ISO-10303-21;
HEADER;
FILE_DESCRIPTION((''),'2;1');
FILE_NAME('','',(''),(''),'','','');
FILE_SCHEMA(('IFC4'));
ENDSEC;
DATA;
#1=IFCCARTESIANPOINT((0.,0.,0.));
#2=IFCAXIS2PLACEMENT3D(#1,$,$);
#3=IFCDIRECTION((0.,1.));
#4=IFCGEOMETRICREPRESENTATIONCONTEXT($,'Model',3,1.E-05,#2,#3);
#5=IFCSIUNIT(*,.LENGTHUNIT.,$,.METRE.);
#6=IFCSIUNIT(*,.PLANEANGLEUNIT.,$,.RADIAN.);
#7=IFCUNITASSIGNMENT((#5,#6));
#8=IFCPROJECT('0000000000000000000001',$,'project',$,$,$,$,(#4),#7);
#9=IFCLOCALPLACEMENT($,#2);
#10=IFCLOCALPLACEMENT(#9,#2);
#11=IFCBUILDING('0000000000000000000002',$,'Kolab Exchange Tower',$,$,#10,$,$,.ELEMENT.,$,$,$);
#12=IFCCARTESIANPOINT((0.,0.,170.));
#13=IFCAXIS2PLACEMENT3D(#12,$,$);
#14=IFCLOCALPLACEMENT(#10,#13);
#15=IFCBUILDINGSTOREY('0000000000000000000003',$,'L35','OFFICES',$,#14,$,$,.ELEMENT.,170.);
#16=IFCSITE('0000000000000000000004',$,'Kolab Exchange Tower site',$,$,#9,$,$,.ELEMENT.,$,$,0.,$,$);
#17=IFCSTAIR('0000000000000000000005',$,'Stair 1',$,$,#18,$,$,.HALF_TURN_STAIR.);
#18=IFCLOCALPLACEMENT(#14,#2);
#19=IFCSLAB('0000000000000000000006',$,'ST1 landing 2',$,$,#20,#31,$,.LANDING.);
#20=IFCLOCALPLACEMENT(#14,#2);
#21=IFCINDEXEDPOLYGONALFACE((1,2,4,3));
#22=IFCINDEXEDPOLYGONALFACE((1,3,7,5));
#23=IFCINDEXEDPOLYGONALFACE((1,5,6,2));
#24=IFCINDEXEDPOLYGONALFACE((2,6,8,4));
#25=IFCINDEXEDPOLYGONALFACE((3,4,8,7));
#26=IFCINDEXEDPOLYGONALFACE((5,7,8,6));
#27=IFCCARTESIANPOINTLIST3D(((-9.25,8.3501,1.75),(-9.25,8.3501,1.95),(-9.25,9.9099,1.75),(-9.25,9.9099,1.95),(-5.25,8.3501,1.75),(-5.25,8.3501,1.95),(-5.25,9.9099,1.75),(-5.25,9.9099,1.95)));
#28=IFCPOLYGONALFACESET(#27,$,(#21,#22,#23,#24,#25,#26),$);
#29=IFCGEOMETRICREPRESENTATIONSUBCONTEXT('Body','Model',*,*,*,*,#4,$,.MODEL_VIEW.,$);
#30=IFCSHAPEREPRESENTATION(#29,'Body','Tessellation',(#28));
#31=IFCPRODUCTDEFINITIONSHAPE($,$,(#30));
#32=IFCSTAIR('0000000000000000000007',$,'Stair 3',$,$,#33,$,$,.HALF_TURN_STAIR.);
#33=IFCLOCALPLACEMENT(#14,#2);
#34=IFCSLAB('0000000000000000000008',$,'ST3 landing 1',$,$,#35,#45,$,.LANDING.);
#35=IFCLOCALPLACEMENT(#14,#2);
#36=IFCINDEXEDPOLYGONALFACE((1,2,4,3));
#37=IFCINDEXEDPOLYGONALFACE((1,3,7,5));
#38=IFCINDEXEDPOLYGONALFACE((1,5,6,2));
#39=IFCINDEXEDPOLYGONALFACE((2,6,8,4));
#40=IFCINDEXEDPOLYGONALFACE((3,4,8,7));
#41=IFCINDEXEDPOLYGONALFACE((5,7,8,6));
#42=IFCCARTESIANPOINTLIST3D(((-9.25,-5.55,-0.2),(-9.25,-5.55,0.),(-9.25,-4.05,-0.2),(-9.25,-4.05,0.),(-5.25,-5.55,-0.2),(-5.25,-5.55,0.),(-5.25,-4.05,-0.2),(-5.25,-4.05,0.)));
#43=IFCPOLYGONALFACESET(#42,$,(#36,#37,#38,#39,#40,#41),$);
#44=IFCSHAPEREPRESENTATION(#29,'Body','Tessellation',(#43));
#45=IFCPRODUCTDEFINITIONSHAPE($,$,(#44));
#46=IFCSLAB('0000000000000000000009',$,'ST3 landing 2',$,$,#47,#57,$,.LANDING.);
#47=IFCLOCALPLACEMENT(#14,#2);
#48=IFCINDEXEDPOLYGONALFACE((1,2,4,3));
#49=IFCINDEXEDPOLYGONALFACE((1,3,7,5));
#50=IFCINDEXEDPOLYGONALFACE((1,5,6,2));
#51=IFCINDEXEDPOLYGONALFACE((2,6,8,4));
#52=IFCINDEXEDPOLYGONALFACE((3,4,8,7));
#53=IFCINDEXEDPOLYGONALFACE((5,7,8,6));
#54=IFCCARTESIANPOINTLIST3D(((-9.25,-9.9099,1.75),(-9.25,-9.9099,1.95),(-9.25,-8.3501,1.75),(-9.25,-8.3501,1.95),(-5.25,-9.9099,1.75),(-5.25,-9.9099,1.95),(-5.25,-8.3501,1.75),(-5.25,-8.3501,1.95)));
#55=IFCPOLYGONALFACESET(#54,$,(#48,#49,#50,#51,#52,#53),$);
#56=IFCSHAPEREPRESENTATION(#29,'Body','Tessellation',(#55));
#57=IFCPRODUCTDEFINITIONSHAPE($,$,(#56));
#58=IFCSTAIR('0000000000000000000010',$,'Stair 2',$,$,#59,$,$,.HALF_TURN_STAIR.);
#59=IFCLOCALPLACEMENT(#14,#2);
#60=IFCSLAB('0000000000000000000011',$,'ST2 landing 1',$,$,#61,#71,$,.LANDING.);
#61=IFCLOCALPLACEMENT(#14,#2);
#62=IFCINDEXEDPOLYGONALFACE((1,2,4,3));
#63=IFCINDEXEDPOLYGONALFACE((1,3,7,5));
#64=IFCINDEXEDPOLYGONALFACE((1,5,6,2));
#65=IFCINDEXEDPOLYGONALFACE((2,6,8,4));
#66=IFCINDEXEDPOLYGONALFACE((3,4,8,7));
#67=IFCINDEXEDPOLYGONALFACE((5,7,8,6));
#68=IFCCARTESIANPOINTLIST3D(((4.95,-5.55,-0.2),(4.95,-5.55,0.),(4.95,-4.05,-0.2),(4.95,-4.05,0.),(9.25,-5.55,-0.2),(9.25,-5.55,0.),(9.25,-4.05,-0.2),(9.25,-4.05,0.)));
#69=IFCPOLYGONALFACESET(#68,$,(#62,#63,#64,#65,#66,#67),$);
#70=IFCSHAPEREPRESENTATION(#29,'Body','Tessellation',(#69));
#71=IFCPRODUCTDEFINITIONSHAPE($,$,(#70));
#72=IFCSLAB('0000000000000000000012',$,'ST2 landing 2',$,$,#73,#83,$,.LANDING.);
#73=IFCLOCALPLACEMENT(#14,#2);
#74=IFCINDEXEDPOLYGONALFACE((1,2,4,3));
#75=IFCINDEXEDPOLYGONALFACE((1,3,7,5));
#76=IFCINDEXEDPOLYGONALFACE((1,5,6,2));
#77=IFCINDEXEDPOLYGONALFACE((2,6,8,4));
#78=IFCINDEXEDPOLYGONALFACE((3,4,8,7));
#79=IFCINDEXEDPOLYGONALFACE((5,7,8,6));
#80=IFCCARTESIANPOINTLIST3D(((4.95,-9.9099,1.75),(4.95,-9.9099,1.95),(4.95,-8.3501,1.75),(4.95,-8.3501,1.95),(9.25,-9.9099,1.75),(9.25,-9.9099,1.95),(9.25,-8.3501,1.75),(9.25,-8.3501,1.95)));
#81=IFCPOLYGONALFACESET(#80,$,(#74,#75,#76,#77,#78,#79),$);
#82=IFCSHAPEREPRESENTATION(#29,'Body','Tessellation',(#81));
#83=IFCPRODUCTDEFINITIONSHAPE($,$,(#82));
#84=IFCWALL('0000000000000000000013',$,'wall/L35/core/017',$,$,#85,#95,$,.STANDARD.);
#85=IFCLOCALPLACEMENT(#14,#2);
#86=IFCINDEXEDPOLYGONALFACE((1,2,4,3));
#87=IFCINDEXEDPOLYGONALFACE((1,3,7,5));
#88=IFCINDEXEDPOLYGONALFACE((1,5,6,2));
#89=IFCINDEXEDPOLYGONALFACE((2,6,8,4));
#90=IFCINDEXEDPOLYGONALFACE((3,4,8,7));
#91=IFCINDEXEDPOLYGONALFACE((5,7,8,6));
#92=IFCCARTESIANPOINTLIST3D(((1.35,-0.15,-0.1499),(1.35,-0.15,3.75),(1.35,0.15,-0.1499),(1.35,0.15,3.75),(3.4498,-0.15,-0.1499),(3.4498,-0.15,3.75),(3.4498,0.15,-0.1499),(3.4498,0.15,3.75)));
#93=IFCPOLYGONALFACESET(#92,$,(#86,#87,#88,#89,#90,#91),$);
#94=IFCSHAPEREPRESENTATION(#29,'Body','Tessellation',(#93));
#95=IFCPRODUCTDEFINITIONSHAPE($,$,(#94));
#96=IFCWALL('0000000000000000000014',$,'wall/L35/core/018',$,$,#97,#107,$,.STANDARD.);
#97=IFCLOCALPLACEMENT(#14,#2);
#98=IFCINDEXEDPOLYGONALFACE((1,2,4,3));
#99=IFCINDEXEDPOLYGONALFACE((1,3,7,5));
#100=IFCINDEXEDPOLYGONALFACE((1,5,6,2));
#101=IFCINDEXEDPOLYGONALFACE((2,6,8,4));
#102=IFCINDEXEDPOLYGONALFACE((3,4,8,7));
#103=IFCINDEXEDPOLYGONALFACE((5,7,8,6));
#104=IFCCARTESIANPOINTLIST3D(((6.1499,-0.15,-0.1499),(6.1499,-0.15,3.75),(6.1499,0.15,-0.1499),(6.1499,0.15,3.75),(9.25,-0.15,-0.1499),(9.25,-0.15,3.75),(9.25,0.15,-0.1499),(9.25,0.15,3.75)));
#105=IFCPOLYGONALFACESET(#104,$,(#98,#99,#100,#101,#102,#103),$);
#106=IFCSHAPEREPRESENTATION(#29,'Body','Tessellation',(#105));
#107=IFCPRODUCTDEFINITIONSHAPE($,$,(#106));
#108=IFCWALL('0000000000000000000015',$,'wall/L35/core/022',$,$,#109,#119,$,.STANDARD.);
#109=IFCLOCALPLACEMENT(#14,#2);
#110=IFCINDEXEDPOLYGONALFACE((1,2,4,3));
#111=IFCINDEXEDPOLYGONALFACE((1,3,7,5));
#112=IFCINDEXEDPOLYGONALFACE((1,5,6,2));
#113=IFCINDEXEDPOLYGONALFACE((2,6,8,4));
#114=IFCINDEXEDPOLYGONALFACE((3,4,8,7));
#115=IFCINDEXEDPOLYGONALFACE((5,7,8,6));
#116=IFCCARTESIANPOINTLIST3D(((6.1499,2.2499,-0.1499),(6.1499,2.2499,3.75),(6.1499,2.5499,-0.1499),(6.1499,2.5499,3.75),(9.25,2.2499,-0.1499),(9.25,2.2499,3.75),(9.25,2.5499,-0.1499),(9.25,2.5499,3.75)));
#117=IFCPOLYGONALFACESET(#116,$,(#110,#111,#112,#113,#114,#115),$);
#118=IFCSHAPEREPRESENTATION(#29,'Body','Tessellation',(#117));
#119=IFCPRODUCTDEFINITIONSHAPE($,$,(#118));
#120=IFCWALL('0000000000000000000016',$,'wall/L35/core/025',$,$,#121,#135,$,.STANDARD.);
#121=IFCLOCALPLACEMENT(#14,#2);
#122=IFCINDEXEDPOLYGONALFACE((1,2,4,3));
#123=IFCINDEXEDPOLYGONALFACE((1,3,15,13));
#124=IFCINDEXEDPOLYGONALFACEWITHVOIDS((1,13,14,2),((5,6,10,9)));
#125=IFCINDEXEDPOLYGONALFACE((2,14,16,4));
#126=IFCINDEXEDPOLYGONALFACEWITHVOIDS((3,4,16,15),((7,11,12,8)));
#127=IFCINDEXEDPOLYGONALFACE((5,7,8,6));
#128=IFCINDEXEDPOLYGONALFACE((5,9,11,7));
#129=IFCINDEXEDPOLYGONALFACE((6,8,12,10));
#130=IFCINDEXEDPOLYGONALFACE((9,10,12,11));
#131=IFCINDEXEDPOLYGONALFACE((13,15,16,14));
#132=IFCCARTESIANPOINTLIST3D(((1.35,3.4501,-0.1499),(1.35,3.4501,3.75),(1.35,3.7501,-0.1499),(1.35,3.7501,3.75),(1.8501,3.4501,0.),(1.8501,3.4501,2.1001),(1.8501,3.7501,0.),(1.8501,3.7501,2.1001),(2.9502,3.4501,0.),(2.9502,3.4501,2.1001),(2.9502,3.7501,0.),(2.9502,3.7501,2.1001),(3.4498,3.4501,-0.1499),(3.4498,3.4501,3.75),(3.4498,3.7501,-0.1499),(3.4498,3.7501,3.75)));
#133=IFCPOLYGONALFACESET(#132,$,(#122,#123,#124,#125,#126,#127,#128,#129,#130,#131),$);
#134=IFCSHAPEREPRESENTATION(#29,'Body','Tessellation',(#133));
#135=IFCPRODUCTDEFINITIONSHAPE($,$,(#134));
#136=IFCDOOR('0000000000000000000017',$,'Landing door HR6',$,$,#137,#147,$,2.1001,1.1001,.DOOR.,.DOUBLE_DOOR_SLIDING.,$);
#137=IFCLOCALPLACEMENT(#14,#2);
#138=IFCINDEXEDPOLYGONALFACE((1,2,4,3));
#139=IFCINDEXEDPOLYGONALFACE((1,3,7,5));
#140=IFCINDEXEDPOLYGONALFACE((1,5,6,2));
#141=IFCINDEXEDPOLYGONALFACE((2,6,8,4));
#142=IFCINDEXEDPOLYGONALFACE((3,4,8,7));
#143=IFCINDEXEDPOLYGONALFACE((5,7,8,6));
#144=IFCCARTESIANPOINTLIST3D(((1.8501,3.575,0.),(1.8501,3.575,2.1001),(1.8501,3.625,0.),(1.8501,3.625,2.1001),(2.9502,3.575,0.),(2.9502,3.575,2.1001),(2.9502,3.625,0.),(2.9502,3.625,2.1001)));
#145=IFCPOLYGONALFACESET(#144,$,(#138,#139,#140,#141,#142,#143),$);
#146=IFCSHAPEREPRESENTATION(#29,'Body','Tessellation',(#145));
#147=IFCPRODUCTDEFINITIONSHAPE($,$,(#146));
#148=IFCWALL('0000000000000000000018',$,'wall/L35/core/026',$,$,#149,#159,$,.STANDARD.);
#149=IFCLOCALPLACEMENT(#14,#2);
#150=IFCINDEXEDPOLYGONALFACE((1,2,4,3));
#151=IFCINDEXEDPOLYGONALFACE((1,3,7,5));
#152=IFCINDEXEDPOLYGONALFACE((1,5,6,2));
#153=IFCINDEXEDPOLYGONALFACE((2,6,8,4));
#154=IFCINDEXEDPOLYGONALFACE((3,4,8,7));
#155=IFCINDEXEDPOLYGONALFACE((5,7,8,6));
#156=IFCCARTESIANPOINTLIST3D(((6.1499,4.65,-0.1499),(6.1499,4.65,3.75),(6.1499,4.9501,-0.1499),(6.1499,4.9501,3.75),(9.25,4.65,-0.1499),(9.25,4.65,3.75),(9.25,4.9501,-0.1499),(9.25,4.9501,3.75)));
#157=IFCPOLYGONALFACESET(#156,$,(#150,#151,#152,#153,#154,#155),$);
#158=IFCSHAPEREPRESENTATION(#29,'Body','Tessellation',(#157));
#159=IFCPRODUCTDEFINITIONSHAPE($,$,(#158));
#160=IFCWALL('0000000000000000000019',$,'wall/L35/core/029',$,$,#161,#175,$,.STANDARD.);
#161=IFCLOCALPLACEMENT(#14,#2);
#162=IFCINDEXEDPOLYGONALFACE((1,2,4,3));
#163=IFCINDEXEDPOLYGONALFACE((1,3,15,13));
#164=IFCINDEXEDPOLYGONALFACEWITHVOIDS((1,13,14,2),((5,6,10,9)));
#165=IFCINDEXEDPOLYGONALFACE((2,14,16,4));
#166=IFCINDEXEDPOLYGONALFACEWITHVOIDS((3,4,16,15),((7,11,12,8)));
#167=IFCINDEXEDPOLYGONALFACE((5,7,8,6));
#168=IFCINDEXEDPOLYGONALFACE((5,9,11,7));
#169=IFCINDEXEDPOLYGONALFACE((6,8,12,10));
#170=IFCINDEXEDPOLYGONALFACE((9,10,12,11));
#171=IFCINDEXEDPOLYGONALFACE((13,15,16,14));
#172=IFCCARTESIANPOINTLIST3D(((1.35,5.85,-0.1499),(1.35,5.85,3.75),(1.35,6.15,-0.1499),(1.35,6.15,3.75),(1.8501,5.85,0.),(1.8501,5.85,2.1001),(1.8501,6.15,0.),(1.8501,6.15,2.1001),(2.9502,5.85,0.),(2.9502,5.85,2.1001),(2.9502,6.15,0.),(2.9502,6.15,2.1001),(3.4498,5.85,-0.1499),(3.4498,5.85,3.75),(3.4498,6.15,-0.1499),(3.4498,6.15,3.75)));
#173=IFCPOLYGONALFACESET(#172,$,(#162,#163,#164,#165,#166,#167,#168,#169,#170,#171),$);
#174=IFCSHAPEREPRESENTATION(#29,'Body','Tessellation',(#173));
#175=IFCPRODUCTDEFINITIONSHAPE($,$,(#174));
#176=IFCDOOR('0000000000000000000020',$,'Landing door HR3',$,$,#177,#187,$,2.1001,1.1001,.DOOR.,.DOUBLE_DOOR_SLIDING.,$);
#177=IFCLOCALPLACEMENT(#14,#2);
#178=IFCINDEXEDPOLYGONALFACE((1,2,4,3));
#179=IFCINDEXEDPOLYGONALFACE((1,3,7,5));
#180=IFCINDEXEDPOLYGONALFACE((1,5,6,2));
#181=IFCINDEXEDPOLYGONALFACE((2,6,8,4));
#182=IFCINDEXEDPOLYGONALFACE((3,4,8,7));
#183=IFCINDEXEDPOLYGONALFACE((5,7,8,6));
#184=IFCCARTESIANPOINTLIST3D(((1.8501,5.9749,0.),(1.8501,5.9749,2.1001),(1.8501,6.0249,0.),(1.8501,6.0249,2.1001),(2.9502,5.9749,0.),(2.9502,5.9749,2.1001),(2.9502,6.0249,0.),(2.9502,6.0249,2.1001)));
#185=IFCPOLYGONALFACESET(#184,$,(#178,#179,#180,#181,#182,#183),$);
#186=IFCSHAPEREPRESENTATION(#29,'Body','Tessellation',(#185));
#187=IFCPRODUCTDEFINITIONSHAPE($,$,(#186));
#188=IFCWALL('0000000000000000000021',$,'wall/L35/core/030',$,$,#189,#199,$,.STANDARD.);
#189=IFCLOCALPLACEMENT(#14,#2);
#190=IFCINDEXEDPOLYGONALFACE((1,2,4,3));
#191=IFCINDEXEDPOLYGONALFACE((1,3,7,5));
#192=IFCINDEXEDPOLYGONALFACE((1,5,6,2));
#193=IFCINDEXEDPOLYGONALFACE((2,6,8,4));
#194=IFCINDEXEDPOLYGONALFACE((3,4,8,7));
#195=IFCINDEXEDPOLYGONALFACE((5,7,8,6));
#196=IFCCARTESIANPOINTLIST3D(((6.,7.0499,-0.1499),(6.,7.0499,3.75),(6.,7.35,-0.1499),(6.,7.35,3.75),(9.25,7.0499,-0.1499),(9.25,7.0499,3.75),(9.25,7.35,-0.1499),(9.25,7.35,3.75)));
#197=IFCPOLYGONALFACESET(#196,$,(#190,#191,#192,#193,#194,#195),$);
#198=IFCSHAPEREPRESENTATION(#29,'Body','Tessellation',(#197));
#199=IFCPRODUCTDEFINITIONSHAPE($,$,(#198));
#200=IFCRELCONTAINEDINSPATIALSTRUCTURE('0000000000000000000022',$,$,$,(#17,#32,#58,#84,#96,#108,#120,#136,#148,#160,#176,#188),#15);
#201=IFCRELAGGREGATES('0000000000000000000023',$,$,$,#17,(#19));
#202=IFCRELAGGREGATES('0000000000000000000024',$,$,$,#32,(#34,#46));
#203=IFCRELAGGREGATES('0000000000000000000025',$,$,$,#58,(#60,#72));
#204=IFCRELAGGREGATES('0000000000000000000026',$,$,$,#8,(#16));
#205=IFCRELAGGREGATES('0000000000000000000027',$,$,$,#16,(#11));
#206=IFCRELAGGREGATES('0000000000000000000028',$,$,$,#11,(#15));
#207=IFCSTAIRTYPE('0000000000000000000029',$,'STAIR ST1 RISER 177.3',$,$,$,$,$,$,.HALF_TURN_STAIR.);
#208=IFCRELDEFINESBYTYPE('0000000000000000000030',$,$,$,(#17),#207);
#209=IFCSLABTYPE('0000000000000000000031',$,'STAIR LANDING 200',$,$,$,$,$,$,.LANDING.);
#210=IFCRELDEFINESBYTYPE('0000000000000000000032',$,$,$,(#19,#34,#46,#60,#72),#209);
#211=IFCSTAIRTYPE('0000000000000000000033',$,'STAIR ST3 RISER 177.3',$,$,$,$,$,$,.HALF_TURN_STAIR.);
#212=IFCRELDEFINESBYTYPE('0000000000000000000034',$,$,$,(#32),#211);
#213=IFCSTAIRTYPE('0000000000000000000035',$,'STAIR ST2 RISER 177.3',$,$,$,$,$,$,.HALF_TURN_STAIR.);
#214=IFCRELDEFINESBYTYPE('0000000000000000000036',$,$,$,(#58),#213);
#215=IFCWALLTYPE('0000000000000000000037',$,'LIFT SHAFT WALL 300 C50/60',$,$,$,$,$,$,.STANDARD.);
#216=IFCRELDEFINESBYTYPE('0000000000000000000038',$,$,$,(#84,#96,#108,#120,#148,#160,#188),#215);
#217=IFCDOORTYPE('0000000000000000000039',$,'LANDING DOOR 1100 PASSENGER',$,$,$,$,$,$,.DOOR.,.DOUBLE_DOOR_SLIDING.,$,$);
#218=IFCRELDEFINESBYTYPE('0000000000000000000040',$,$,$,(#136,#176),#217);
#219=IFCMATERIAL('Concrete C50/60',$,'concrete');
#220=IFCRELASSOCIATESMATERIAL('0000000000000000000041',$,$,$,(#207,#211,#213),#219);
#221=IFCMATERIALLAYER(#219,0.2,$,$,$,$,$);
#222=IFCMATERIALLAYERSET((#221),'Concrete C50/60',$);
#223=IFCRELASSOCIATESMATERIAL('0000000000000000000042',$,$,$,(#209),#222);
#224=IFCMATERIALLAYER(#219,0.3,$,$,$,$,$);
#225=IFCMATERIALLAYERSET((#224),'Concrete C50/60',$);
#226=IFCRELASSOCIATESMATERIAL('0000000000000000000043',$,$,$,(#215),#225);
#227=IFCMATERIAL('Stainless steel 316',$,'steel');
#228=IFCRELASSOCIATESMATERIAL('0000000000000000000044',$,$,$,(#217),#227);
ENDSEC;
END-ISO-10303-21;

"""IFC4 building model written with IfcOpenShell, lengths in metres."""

from ifc_helpers import new_model, si_unit, direction, frame, frame_2d, origin, place, context, subcontext, project, spatial, polyline, rectangle, outline, extrude, material, layer, layer_set, type_object, element, fill, aggregate, save


model = new_model("IFC4")

# Units and contexts
model_context = context("Model", 3, precision=1e-05, world=origin(), true_north=direction((0.0, 1.0)))
body_context = subcontext(model_context, "Body", "Model", "MODEL_VIEW")
ifc_project = project(units=[si_unit("LENGTHUNIT", "METRE"), si_unit("PLANEANGLEUNIT", "RADIAN")], contexts=[model_context])

# Site, building, storey
site_placement = place(None, origin())
site = spatial("IfcSite", under=ifc_project, at=site_placement, Name="Kolab Exchange Tower site", CompositionType="ELEMENT", RefElevation=0.0)
building_placement = place(site_placement, origin())
building = spatial("IfcBuilding", under=site, at=building_placement, Name="Kolab Exchange Tower", CompositionType="ELEMENT")
storey_placement = place(building_placement, frame((0.0, 0.0, 170.0)))
storey = spatial("IfcBuildingStorey", under=building, at=storey_placement, Name="L35", Description="OFFICES", CompositionType="ELEMENT", Elevation=170.0)

# Stairs, slabs
ifc_material_1 = material(Name="Concrete C50/60", Category="concrete")
stair_type_1 = type_object("IfcStairType", Name="STAIR ST1 RISER 177.3", PredefinedType="HALF_TURN_STAIR", material=ifc_material_1)
stair_1_placement = place(storey_placement, origin())
stair_1 = element("IfcStair", 1, at=stair_1_placement, inside=storey, type_object=stair_type_1, Name="Stair 1", PredefinedType="HALF_TURN_STAIR")
ifc_layer_1 = layer(ifc_material_1, 0.2)
ifc_layer_set_1 = layer_set([ifc_layer_1], Name="Concrete C50/60")
slab_type_1 = type_object("IfcSlabType", Name="STAIR LANDING 200", PredefinedType="LANDING", material=ifc_layer_set_1)
slab_1_placement = place(storey_placement, frame((0.0, 0.0, 1.75)))
slab_1 = element("IfcSlab", 2, at=slab_1_placement, type_object=slab_type_1, Name="ST1 landing 2", PredefinedType="LANDING", context=body_context, shape_type="SweptSolid", body=[
    extrude(outline(polyline([(-9.25, 8.3501), (-5.25, 8.3501), (-5.25, 9.9099), (-9.25, 9.9099), (-9.25, 8.3501)])), origin(), (0.0, 0.0, 1.0), 0.2),
])
aggregate(stair_1, [slab_1])
stair_type_2 = type_object("IfcStairType", Name="STAIR ST3 RISER 177.3", PredefinedType="HALF_TURN_STAIR", material=ifc_material_1)
stair_2_placement = place(storey_placement, origin())
stair_2 = element("IfcStair", 3, at=stair_2_placement, inside=storey, type_object=stair_type_2, Name="Stair 3", PredefinedType="HALF_TURN_STAIR")
slab_2_placement = place(storey_placement, frame((0.0, 0.0, -0.2)))
slab_2 = element("IfcSlab", 4, at=slab_2_placement, type_object=slab_type_1, Name="ST3 landing 1", PredefinedType="LANDING", context=body_context, shape_type="SweptSolid", body=[
    extrude(outline(polyline([(-9.25, -5.55), (-5.25, -5.55), (-5.25, -4.05), (-9.25, -4.05), (-9.25, -5.55)])), origin(), (0.0, 0.0, 1.0), 0.2),
])
slab_3_placement = place(storey_placement, frame((0.0, 0.0, 1.75)))
slab_3 = element("IfcSlab", 5, at=slab_3_placement, type_object=slab_type_1, Name="ST3 landing 2", PredefinedType="LANDING", context=body_context, shape_type="SweptSolid", body=[
    extrude(outline(polyline([(-9.25, -9.9099), (-5.25, -9.9099), (-5.25, -8.3501), (-9.25, -8.3501), (-9.25, -9.9099)])), origin(), (0.0, 0.0, 1.0), 0.2),
])
aggregate(stair_2, [slab_2, slab_3])
stair_type_3 = type_object("IfcStairType", Name="STAIR ST2 RISER 177.3", PredefinedType="HALF_TURN_STAIR", material=ifc_material_1)
stair_3_placement = place(storey_placement, origin())
stair_3 = element("IfcStair", 6, at=stair_3_placement, inside=storey, type_object=stair_type_3, Name="Stair 2", PredefinedType="HALF_TURN_STAIR")
slab_4_placement = place(storey_placement, frame((0.0, 0.0, -0.2)))
slab_4 = element("IfcSlab", 7, at=slab_4_placement, type_object=slab_type_1, Name="ST2 landing 1", PredefinedType="LANDING", context=body_context, shape_type="SweptSolid", body=[
    extrude(outline(polyline([(4.95, -5.55), (9.25, -5.55), (9.25, -4.05), (4.95, -4.05), (4.95, -5.55)])), origin(), (0.0, 0.0, 1.0), 0.2),
])
slab_5_placement = place(storey_placement, frame((0.0, 0.0, 1.75)))
slab_5 = element("IfcSlab", 8, at=slab_5_placement, type_object=slab_type_1, Name="ST2 landing 2", PredefinedType="LANDING", context=body_context, shape_type="SweptSolid", body=[
    extrude(outline(polyline([(4.95, -9.9099), (9.25, -9.9099), (9.25, -8.3501), (4.95, -8.3501), (4.95, -9.9099)])), origin(), (0.0, 0.0, 1.0), 0.2),
])
aggregate(stair_3, [slab_4, slab_5])

# Walls
ifc_layer_2 = layer(ifc_material_1, 0.3)
ifc_layer_set_2 = layer_set([ifc_layer_2], Name="Concrete C50/60")
wall_type_1 = type_object("IfcWallType", Name="LIFT SHAFT WALL 300 C50/60", PredefinedType="STANDARD", material=ifc_layer_set_2)
wall_1_placement = place(storey_placement, frame((1.3501, 0.0, -0.1499), z_axis=(0.0, 0.0, 1.0), x_axis=(1.0, 0.0, 0.0)))
element("IfcWall", 9, at=wall_1_placement, inside=storey, type_object=wall_type_1, Name="wall/L35/core/017", PredefinedType="STANDARD", context=body_context, shape_type="SweptSolid", body=[
    extrude(rectangle(XDim=2.0999, YDim=0.3, at=frame_2d((1.0498, 0.0))), origin(), (0.0, 0.0, 1.0), 3.8999),
])
for number, where, z_axis, x_axis, name in (
    (10, (6.1499, 0.0, -0.1499), (0.0, 0.0, 1.0), (1.0, 0.0, 0.0), "wall/L35/core/018"),
    (11, (6.1499, 2.3999, -0.1499), (0.0, 0.0, 1.0), (1.0, 0.0, 0.0), "wall/L35/core/022"),
):
    element("IfcWall", number, at=place(storey_placement, frame(where, z_axis=z_axis, x_axis=x_axis)), inside=storey, type_object=wall_type_1, Name=name, PredefinedType="STANDARD", context=body_context, shape_type="SweptSolid", body=[
        extrude(rectangle(XDim=3.1001, YDim=0.3, at=frame_2d((1.55, 0.0))), origin(), (0.0, 0.0, 1.0), 3.8999),
    ])

# Wall, opening, door
wall_2_placement = place(storey_placement, frame((1.3501, 3.6001, -0.1499), z_axis=(0.0, 0.0, 1.0), x_axis=(1.0, 0.0, 0.0)))
wall_2 = element("IfcWall", 12, at=wall_2_placement, inside=storey, type_object=wall_type_1, Name="wall/L35/core/025", PredefinedType="STANDARD", context=body_context, shape_type="SweptSolid", body=[
    extrude(rectangle(XDim=2.0999, YDim=0.3, at=frame_2d((1.0498, 0.0))), origin(), (0.0, 0.0, 1.0), 3.8999),
])
opening_1_placement = place(wall_2_placement, frame((0.5, 0.0, 0.1499)))
opening_1 = element("IfcOpeningElement", 13, at=opening_1_placement, cuts=wall_2, PredefinedType="OPENING", context=body_context, shape_type="SweptSolid", body=[
    extrude(rectangle(XDim=1.1001, YDim=2.1001, at=frame_2d((0.55, 1.05))), frame((0.0, 0.1602, 0.0), z_axis=(0.0, -1.0, 0.0), x_axis=(1.0, 0.0, 0.0)), (0.0, 0.0, 1.0), 0.3201),
])
ifc_material_2 = material(Name="Stainless steel 316", Category="steel")
door_type_1 = type_object("IfcDoorType", Name="LANDING DOOR 1100 PASSENGER", OperationType="DOUBLE_DOOR_SLIDING", PredefinedType="DOOR", material=ifc_material_2)
door_1_placement = place(opening_1_placement, origin())
door_1 = element("IfcDoor", 14, at=door_1_placement, inside=storey, type_object=door_type_1, Name="Landing door HR6", OperationType="DOUBLE_DOOR_SLIDING", OverallHeight=2.1001, OverallWidth=1.1001, PredefinedType="DOOR", context=body_context, shape_type="SweptSolid", body=[
    extrude(rectangle(XDim=1.1001, YDim=2.1001, at=frame_2d((0.55, 1.05))), frame((0.0, 0.0249, 0.0), z_axis=(0.0, -1.0, 0.0), x_axis=(1.0, 0.0, 0.0)), (0.0, 0.0, 1.0), 0.05),
])
fill(opening_1, door_1)

# Wall
wall_3_placement = place(storey_placement, frame((6.1499, 4.8, -0.1499), z_axis=(0.0, 0.0, 1.0), x_axis=(1.0, 0.0, 0.0)))
element("IfcWall", 15, at=wall_3_placement, inside=storey, type_object=wall_type_1, Name="wall/L35/core/026", PredefinedType="STANDARD", context=body_context, shape_type="SweptSolid", body=[
    extrude(rectangle(XDim=3.1001, YDim=0.3, at=frame_2d((1.55, 0.0))), origin(), (0.0, 0.0, 1.0), 3.8999),
])

# Wall, opening, door
wall_4_placement = place(storey_placement, frame((1.3501, 6.0, -0.1499), z_axis=(0.0, 0.0, 1.0), x_axis=(1.0, 0.0, 0.0)))
wall_4 = element("IfcWall", 16, at=wall_4_placement, inside=storey, type_object=wall_type_1, Name="wall/L35/core/029", PredefinedType="STANDARD", context=body_context, shape_type="SweptSolid", body=[
    extrude(rectangle(XDim=2.0999, YDim=0.3, at=frame_2d((1.0498, 0.0))), origin(), (0.0, 0.0, 1.0), 3.8999),
])
opening_2_placement = place(wall_4_placement, frame((0.5, 0.0, 0.1499)))
opening_2 = element("IfcOpeningElement", 17, at=opening_2_placement, cuts=wall_4, PredefinedType="OPENING", context=body_context, shape_type="SweptSolid", body=[
    extrude(rectangle(XDim=1.1001, YDim=2.1001, at=frame_2d((0.55, 1.05))), frame((0.0, 0.1602, 0.0), z_axis=(0.0, -1.0, 0.0), x_axis=(1.0, 0.0, 0.0)), (0.0, 0.0, 1.0), 0.3201),
])
door_2_placement = place(opening_2_placement, origin())
door_2 = element("IfcDoor", 18, at=door_2_placement, inside=storey, type_object=door_type_1, Name="Landing door HR3", OperationType="DOUBLE_DOOR_SLIDING", OverallHeight=2.1001, OverallWidth=1.1001, PredefinedType="DOOR", context=body_context, shape_type="SweptSolid", body=[
    extrude(rectangle(XDim=1.1001, YDim=2.1001, at=frame_2d((0.55, 1.05))), frame((0.0, 0.0249, 0.0), z_axis=(0.0, -1.0, 0.0), x_axis=(1.0, 0.0, 0.0)), (0.0, 0.0, 1.0), 0.05),
])
fill(opening_2, door_2)

# Wall
wall_5_placement = place(storey_placement, frame((6.0, 7.2, -0.1499), z_axis=(0.0, 0.0, 1.0), x_axis=(1.0, 0.0, 0.0)))
element("IfcWall", 19, at=wall_5_placement, inside=storey, type_object=wall_type_1, Name="wall/L35/core/030", PredefinedType="STANDARD", context=body_context, shape_type="SweptSolid", body=[
    extrude(rectangle(XDim=3.25, YDim=0.3, at=frame_2d((1.625, 0.0))), origin(), (0.0, 0.0, 1.0), 3.8999),
])

save(model, "model.ifc")
